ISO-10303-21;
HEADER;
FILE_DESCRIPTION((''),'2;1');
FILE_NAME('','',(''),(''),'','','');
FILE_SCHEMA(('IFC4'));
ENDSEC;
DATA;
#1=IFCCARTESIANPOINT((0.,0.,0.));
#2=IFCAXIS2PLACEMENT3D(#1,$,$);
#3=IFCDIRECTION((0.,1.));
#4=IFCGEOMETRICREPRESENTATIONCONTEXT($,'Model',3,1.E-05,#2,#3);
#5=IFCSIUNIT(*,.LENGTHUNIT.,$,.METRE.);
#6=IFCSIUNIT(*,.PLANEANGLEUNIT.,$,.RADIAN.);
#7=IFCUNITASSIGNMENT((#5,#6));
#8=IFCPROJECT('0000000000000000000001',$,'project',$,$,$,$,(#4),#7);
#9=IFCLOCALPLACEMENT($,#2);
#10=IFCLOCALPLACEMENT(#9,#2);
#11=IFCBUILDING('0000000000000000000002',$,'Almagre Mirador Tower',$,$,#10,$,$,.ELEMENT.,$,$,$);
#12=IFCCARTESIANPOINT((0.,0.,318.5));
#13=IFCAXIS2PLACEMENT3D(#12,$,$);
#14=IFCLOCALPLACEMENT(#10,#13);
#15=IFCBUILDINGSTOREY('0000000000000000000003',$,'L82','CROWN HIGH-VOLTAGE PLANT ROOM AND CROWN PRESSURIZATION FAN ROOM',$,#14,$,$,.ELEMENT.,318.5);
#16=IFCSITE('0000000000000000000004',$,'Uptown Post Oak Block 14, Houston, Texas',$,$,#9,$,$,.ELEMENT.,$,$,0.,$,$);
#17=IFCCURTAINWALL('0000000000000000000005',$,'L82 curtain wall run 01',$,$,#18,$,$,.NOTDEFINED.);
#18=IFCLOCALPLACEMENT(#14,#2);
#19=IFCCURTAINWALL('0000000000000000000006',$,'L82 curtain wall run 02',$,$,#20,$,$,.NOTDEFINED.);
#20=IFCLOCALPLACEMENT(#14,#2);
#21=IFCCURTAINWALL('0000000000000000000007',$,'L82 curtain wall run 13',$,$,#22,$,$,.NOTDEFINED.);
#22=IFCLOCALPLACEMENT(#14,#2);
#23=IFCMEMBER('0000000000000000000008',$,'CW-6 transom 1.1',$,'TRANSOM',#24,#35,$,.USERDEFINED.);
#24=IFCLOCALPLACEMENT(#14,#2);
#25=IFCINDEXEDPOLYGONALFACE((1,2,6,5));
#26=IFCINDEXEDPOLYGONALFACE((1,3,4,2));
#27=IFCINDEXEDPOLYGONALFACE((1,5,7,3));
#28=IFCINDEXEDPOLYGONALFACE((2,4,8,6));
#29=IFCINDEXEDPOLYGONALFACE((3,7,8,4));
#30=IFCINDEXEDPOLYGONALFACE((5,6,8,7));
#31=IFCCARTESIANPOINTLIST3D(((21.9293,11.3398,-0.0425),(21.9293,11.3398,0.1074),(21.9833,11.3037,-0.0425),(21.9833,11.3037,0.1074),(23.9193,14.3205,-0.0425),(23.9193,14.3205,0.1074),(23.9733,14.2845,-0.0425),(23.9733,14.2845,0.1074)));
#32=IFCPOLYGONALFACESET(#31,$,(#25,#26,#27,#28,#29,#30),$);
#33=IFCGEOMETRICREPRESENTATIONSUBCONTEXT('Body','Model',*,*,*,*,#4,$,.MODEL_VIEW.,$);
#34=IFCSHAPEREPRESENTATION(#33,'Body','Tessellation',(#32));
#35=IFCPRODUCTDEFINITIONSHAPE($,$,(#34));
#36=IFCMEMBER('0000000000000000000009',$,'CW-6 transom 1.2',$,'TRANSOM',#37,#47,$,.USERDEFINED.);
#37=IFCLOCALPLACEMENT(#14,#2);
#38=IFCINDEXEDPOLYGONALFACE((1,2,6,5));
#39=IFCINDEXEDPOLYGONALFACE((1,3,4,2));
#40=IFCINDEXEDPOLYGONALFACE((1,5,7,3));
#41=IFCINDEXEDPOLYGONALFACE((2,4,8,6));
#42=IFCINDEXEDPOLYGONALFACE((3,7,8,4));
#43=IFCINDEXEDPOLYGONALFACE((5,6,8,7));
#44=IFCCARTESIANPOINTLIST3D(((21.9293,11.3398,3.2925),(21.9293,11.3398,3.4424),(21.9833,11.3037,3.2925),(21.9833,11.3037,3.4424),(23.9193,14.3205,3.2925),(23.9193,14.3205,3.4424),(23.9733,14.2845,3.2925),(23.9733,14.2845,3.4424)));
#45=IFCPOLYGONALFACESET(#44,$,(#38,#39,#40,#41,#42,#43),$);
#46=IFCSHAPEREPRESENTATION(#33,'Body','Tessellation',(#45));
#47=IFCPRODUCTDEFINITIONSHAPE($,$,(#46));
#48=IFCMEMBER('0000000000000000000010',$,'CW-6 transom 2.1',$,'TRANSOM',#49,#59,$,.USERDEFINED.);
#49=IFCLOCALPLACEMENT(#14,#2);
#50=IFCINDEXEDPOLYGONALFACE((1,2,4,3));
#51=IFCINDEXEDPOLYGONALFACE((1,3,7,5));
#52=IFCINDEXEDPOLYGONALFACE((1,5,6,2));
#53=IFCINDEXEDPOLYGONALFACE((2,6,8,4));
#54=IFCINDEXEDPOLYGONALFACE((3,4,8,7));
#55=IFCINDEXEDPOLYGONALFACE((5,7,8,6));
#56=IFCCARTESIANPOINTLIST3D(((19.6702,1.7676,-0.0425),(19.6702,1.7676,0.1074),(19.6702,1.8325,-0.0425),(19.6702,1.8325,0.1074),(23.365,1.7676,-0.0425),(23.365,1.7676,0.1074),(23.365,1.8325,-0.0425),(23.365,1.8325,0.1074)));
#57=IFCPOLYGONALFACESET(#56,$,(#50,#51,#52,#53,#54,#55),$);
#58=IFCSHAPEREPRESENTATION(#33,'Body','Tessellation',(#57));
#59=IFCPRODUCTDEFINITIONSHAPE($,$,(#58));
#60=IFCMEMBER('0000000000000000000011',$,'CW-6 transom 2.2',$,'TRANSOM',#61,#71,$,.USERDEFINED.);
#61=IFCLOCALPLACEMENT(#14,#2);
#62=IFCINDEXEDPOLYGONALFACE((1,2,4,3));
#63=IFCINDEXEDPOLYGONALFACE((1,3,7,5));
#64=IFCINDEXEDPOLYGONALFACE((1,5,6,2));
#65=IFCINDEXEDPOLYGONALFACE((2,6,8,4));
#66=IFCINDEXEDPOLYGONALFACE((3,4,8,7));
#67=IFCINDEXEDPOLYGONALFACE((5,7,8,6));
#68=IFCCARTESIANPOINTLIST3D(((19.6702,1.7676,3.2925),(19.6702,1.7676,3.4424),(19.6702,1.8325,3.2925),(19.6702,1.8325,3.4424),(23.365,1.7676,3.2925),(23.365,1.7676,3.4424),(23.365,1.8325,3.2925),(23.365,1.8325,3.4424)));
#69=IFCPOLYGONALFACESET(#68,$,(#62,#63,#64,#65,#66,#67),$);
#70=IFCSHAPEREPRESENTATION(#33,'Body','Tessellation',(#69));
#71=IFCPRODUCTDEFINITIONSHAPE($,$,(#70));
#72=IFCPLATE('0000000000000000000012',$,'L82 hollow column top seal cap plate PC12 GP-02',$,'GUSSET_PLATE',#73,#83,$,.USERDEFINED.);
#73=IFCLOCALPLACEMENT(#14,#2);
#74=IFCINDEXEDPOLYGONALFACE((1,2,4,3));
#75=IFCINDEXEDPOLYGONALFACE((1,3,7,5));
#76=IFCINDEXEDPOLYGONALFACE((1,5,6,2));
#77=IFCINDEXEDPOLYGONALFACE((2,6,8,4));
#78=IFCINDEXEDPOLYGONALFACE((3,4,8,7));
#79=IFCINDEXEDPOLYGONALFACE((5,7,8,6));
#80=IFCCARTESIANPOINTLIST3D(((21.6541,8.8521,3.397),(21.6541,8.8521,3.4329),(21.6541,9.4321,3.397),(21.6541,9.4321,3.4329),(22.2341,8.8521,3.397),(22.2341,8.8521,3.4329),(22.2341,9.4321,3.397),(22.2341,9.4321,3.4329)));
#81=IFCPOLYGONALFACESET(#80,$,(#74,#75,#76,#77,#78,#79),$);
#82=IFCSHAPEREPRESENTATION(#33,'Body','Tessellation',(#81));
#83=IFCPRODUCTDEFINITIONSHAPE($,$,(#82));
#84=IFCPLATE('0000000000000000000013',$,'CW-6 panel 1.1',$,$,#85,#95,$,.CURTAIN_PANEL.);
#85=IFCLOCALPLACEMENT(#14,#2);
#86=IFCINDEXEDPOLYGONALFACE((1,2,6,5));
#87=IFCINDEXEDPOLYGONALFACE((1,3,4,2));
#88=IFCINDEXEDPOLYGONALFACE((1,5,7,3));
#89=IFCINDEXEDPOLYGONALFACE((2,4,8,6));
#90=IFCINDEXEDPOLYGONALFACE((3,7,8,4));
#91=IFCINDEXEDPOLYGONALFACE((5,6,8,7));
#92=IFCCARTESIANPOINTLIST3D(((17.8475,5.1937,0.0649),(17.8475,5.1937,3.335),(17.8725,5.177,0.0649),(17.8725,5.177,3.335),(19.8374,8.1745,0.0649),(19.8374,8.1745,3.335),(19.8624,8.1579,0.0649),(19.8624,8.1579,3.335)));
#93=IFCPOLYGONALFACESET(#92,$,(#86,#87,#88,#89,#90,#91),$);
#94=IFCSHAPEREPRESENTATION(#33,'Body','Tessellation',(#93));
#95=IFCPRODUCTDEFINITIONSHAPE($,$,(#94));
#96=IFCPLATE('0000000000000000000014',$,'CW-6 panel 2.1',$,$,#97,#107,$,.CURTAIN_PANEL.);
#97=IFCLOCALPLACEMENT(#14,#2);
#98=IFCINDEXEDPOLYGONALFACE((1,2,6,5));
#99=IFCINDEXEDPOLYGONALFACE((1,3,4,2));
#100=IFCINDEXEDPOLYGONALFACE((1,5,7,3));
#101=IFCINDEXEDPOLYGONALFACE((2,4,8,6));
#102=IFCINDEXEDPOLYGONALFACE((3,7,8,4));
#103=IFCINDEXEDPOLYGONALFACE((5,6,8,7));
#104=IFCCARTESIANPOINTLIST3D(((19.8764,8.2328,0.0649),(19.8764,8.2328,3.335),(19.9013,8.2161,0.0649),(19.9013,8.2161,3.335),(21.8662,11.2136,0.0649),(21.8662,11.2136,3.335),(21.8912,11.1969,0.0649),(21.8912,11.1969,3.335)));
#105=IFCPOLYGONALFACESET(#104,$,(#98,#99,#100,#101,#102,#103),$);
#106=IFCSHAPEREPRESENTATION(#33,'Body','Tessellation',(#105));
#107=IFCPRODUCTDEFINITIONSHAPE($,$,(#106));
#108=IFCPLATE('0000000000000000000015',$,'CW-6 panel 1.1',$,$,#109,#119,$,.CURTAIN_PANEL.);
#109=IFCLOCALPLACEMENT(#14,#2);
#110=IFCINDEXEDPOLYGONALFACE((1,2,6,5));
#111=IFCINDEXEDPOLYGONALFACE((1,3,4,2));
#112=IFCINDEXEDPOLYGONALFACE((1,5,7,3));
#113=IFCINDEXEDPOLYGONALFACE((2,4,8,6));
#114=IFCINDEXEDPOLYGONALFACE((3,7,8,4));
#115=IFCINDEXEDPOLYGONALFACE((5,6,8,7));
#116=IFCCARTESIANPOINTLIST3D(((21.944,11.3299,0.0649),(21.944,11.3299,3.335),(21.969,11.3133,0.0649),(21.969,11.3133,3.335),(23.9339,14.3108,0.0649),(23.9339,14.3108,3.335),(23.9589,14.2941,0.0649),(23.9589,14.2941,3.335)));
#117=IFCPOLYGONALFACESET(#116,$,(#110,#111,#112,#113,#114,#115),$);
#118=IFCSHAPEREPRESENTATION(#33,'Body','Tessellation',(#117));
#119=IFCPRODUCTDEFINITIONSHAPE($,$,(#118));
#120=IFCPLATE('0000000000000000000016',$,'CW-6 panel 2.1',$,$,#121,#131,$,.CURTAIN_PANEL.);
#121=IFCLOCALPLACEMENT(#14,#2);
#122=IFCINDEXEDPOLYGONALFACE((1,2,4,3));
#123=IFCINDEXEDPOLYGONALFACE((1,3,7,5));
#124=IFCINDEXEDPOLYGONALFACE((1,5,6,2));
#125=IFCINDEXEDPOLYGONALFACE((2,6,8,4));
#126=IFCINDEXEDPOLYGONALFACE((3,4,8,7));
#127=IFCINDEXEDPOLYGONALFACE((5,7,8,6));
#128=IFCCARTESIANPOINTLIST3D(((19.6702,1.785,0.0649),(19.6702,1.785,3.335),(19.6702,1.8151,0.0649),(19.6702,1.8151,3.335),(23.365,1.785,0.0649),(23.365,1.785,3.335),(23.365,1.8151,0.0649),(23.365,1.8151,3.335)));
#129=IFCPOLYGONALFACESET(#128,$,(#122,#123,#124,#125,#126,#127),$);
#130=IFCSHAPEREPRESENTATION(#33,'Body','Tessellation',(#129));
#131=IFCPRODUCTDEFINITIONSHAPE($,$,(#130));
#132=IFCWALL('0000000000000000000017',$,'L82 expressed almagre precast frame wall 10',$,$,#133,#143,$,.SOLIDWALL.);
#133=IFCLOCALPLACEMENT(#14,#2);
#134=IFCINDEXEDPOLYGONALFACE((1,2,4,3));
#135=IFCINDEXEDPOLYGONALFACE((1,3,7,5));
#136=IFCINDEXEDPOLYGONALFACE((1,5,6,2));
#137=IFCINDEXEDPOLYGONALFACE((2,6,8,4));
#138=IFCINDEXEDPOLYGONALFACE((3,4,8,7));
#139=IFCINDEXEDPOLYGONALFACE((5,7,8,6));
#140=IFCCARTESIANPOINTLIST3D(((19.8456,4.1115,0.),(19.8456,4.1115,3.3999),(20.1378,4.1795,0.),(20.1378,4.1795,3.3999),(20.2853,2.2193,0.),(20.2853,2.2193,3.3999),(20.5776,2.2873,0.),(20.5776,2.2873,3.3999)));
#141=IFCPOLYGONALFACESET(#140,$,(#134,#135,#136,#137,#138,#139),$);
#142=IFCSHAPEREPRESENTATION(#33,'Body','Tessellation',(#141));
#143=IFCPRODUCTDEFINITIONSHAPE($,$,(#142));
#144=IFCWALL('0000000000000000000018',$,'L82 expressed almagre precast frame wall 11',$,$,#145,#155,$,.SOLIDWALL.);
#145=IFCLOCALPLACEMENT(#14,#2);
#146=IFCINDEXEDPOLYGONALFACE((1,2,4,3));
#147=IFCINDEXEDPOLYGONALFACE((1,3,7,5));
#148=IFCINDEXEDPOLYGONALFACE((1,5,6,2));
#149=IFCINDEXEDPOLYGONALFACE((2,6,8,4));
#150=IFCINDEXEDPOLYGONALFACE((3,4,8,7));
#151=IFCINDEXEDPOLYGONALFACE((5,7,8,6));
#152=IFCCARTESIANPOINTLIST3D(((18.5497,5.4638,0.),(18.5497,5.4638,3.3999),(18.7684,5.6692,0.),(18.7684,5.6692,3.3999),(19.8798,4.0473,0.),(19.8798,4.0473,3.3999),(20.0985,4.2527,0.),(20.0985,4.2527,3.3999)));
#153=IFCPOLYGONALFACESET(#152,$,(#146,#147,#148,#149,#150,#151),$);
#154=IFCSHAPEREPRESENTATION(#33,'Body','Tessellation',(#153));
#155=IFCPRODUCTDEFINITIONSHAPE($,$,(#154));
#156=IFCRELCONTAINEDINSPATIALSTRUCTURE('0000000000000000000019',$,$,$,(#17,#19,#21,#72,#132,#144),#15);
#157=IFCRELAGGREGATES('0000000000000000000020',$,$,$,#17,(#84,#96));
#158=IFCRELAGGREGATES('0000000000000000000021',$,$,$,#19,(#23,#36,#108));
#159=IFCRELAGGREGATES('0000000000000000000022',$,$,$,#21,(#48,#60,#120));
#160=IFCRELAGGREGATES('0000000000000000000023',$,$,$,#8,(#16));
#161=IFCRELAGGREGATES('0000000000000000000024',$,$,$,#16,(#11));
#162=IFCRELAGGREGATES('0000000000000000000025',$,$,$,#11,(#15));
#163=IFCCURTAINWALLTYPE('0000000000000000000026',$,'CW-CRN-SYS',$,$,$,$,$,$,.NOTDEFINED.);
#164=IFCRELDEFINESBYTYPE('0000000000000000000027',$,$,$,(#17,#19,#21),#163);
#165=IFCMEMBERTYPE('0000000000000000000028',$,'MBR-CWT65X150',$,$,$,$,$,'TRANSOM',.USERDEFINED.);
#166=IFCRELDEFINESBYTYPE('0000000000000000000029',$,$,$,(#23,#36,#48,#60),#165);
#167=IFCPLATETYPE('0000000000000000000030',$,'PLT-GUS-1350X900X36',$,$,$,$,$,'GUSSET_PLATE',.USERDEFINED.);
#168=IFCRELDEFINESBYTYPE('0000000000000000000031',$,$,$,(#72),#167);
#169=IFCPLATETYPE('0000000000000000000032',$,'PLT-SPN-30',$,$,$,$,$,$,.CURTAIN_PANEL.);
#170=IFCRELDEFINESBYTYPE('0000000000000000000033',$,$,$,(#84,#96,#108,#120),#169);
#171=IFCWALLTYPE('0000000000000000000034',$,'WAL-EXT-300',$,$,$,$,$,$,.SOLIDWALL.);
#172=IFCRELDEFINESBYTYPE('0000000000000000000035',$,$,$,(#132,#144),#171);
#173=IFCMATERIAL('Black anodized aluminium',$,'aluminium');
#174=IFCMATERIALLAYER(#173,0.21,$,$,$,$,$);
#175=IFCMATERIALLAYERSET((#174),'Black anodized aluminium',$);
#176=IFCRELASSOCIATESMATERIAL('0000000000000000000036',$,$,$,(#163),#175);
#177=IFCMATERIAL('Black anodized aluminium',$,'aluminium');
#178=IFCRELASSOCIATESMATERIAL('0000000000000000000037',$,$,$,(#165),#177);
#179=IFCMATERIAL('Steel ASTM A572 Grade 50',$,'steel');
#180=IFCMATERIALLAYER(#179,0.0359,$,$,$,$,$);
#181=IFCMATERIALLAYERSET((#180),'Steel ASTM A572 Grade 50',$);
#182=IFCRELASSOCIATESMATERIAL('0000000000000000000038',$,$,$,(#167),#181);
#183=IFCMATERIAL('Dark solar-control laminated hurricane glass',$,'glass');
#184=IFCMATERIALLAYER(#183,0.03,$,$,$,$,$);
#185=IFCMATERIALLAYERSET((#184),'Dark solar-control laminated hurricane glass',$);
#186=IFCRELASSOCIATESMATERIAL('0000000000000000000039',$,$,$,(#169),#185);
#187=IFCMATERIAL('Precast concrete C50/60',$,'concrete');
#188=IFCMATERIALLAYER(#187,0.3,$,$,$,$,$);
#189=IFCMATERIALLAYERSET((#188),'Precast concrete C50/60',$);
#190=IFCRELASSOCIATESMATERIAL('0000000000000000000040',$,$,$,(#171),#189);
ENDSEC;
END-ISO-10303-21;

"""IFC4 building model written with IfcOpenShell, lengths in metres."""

from ifc_helpers import new_model, si_unit, direction, frame, frame_2d, origin, origin_2d, place, context, subcontext, project, spatial, rectangle, extrude, material, layer, layer_set, material_profile, profile_set, type_object, element, aggregate, save


model = new_model("IFC4")

# Units and contexts
model_context = context("Model", 3, precision=1e-05, world=origin(), true_north=direction((0.0, 1.0)))
body_context = subcontext(model_context, "Body", "Model", "MODEL_VIEW")
ifc_project = project(units=[si_unit("LENGTHUNIT", "METRE"), si_unit("PLANEANGLEUNIT", "RADIAN")], contexts=[model_context])

# Site, building, storey
site_placement = place(None, origin())
site = spatial("IfcSite", under=ifc_project, at=site_placement, Name="Uptown Post Oak Block 14, Houston, Texas", CompositionType="ELEMENT", RefElevation=0.0)
building_placement = place(site_placement, origin())
building = spatial("IfcBuilding", under=site, at=building_placement, Name="Almagre Mirador Tower", CompositionType="ELEMENT")
storey_placement = place(building_placement, frame((0.0, 0.0, 318.5)))
storey = spatial("IfcBuildingStorey", under=building, at=storey_placement, Name="L82", Description="CROWN HIGH-VOLTAGE PLANT ROOM AND CROWN PRESSURIZATION FAN ROOM", CompositionType="ELEMENT", Elevation=318.5)

# Curtain walls
ifc_material_1 = material(Name="Black anodized aluminium", Category="aluminium")
ifc_layer_1 = layer(ifc_material_1, 0.21)
ifc_layer_set_1 = layer_set([ifc_layer_1], Name="Black anodized aluminium")
curtain_wall_type = type_object("IfcCurtainWallType", Name="CW-CRN-SYS", PredefinedType="NOTDEFINED", material=ifc_layer_set_1)
curtain_wall_1_placement = place(storey_placement, origin())
curtain_wall_1 = element("IfcCurtainWall", 1, at=curtain_wall_1_placement, inside=storey, type_object=curtain_wall_type, Name="L82 curtain wall run 01", PredefinedType="NOTDEFINED")
curtain_wall_2_placement = place(storey_placement, origin())
curtain_wall_2 = element("IfcCurtainWall", 2, at=curtain_wall_2_placement, inside=storey, type_object=curtain_wall_type, Name="L82 curtain wall run 02", PredefinedType="NOTDEFINED")
curtain_wall_3_placement = place(storey_placement, origin())
curtain_wall_3 = element("IfcCurtainWall", 3, at=curtain_wall_3_placement, inside=storey, type_object=curtain_wall_type, Name="L82 curtain wall run 13", PredefinedType="NOTDEFINED")

# Members
ifc_material_2 = material(Name="Black anodized aluminium", Category="aluminium")
ifc_material_profile_1 = material_profile(ifc_material_2, rectangle(XDim=0.0649, YDim=0.1499, at=origin_2d()), Name="CWT65X150")
ifc_profile_set_1 = profile_set([ifc_material_profile_1], Name="Black anodized aluminium")
member_type_1 = type_object("IfcMemberType", Name="MBR-CWT65X150", ElementType="TRANSOM", PredefinedType="USERDEFINED", material=ifc_profile_set_1)
member_1_placement = place(storey_placement, frame((21.9563, 11.3218, 0.0325), z_axis=(0.55525, 0.831683, 0.0), x_axis=(-0.831683, 0.55525, 0.0)))
member_1 = element("IfcMember", 4, at=member_1_placement, type_object=member_type_1, Name="CW-6 transom 1.1", ObjectType="TRANSOM", PredefinedType="USERDEFINED", context=body_context, shape_type="SweptSolid", body=[
    extrude(rectangle(XDim=0.0649, YDim=0.1499, at=origin_2d()), origin(), (0.0, 0.0, 1.0), 3.584),
])
member_2_placement = place(storey_placement, frame((21.9563, 11.3218, 3.3674), z_axis=(0.55525, 0.831683, 0.0), x_axis=(-0.831683, 0.55525, 0.0)))
member_2 = element("IfcMember", 5, at=member_2_placement, type_object=member_type_1, Name="CW-6 transom 1.2", ObjectType="TRANSOM", PredefinedType="USERDEFINED", context=body_context, shape_type="SweptSolid", body=[
    extrude(rectangle(XDim=0.0649, YDim=0.1499, at=origin_2d()), origin(), (0.0, 0.0, 1.0), 3.584),
])
member_3_placement = place(storey_placement, frame((23.365, 1.8, 0.0325), z_axis=(-1.0, 0.0, 0.0), x_axis=(0.0, -1.0, 0.0)))
member_3 = element("IfcMember", 6, at=member_3_placement, type_object=member_type_1, Name="CW-6 transom 2.1", ObjectType="TRANSOM", PredefinedType="USERDEFINED", context=body_context, shape_type="SweptSolid", body=[
    extrude(rectangle(XDim=0.0649, YDim=0.1499, at=origin_2d()), origin(), (0.0, 0.0, 1.0), 3.6948),
])
member_4_placement = place(storey_placement, frame((23.365, 1.8, 3.3674), z_axis=(-1.0, 0.0, 0.0), x_axis=(0.0, -1.0, 0.0)))
member_4 = element("IfcMember", 7, at=member_4_placement, type_object=member_type_1, Name="CW-6 transom 2.2", ObjectType="TRANSOM", PredefinedType="USERDEFINED", context=body_context, shape_type="SweptSolid", body=[
    extrude(rectangle(XDim=0.0649, YDim=0.1499, at=origin_2d()), origin(), (0.0, 0.0, 1.0), 3.6948),
])

# Plates
ifc_material_3 = material(Name="Steel ASTM A572 Grade 50", Category="steel")
ifc_layer_2 = layer(ifc_material_3, 0.0359)
ifc_layer_set_2 = layer_set([ifc_layer_2], Name="Steel ASTM A572 Grade 50")
plate_type_1 = type_object("IfcPlateType", Name="PLT-GUS-1350X900X36", ElementType="GUSSET_PLATE", PredefinedType="USERDEFINED", material=ifc_layer_set_2)
plate_1_placement = place(storey_placement, frame((21.9441, 9.1421, 3.397), z_axis=(0.0, 0.0, 1.0), x_axis=(1.0, 0.0, 0.0)))
element("IfcPlate", 8, at=plate_1_placement, inside=storey, type_object=plate_type_1, Name="L82 hollow column top seal cap plate PC12 GP-02", ObjectType="GUSSET_PLATE", PredefinedType="USERDEFINED", context=body_context, shape_type="SweptSolid", body=[
    extrude(rectangle(XDim=0.5801, YDim=0.5801, at=origin_2d()), origin(), (0.0, 0.0, 1.0), 0.0359),
])
ifc_material_4 = material(Name="Dark solar-control laminated hurricane glass", Category="glass")
ifc_layer_3 = layer(ifc_material_4, 0.03)
ifc_layer_set_3 = layer_set([ifc_layer_3], Name="Dark solar-control laminated hurricane glass")
plate_type_2 = type_object("IfcPlateType", Name="PLT-SPN-30", PredefinedType="CURTAIN_PANEL", material=ifc_layer_set_3)
plate_2_placement = place(storey_placement, frame((18.855, 6.6758, 0.0649), z_axis=(0.0, 0.0, 1.0), x_axis=(0.555219, 0.831704, 0.0)))
plate_2 = element("IfcPlate", 9, at=plate_2_placement, type_object=plate_type_2, Name="CW-6 panel 1.1", PredefinedType="CURTAIN_PANEL", context=body_context, shape_type="SweptSolid", body=[
    extrude(rectangle(XDim=3.584, YDim=0.03, at=origin_2d()), origin(), (0.0, 0.0, 1.0), 3.27),
])
plate_3_placement = place(storey_placement, frame((20.8838, 9.7148, 0.0649), z_axis=(0.0, 0.0, 1.0), x_axis=(0.555219, 0.831704, 0.0)))
plate_3 = element("IfcPlate", 10, at=plate_3_placement, type_object=plate_type_2, Name="CW-6 panel 2.1", PredefinedType="CURTAIN_PANEL", context=body_context, shape_type="SweptSolid", body=[
    extrude(rectangle(XDim=3.584, YDim=0.03, at=origin_2d()), origin(), (0.0, 0.0, 1.0), 3.27),
])
aggregate(curtain_wall_1, [plate_2, plate_3])
plate_4_placement = place(storey_placement, frame((22.9514, 12.812, 0.0649), z_axis=(0.0, 0.0, 1.0), x_axis=(0.555219, 0.831704, 0.0)))
plate_4 = element("IfcPlate", 11, at=plate_4_placement, type_object=plate_type_2, Name="CW-6 panel 1.1", PredefinedType="CURTAIN_PANEL", context=body_context, shape_type="SweptSolid", body=[
    extrude(rectangle(XDim=3.584, YDim=0.03, at=origin_2d()), origin(), (0.0, 0.0, 1.0), 3.27),
])
aggregate(curtain_wall_2, [member_1, member_2, plate_4])
plate_5_placement = place(storey_placement, frame((21.5176, 1.8, 0.0649), z_axis=(0.0, 0.0, 1.0), x_axis=(-1.0, 0.0, 0.0)))
plate_5 = element("IfcPlate", 12, at=plate_5_placement, type_object=plate_type_2, Name="CW-6 panel 2.1", PredefinedType="CURTAIN_PANEL", context=body_context, shape_type="SweptSolid", body=[
    extrude(rectangle(XDim=3.6948, YDim=0.03, at=origin_2d()), origin(), (0.0, 0.0, 1.0), 3.27),
])
aggregate(curtain_wall_3, [member_3, member_4, plate_5])

# Walls
ifc_material_5 = material(Name="Precast concrete C50/60", Category="concrete")
ifc_layer_4 = layer(ifc_material_5, 0.3)
ifc_layer_set_4 = layer_set([ifc_layer_4], Name="Precast concrete C50/60")
wall_type = type_object("IfcWallType", Name="WAL-EXT-300", PredefinedType="SOLIDWALL", material=ifc_layer_set_4)
wall_1_placement = place(storey_placement, frame((20.4314, 2.2534, 0.0), z_axis=(0.0, 0.0, 1.0), x_axis=(-0.226355, 0.974045, 0.0)))
element("IfcWall", 13, at=wall_1_placement, inside=storey, type_object=wall_type, Name="L82 expressed almagre precast frame wall 10", PredefinedType="SOLIDWALL", context=body_context, shape_type="SweptSolid", body=[
    extrude(rectangle(XDim=1.9426, YDim=0.3, at=frame_2d((0.9712, 0.0))), origin(), (0.0, 0.0, 1.0), 3.3999),
])
wall_2_placement = place(storey_placement, frame((19.9893, 4.1499, 0.0), z_axis=(0.0, 0.0, 1.0), x_axis=(-0.684518, 0.728996, 0.0)))
element("IfcWall", 14, at=wall_2_placement, inside=storey, type_object=wall_type, Name="L82 expressed almagre precast frame wall 11", PredefinedType="SOLIDWALL", context=body_context, shape_type="SweptSolid", body=[
    extrude(rectangle(XDim=1.9431, YDim=0.3, at=frame_2d((0.9717, 0.0))), origin(), (0.0, 0.0, 1.0), 3.3999),
])

save(model, "model.ifc")
